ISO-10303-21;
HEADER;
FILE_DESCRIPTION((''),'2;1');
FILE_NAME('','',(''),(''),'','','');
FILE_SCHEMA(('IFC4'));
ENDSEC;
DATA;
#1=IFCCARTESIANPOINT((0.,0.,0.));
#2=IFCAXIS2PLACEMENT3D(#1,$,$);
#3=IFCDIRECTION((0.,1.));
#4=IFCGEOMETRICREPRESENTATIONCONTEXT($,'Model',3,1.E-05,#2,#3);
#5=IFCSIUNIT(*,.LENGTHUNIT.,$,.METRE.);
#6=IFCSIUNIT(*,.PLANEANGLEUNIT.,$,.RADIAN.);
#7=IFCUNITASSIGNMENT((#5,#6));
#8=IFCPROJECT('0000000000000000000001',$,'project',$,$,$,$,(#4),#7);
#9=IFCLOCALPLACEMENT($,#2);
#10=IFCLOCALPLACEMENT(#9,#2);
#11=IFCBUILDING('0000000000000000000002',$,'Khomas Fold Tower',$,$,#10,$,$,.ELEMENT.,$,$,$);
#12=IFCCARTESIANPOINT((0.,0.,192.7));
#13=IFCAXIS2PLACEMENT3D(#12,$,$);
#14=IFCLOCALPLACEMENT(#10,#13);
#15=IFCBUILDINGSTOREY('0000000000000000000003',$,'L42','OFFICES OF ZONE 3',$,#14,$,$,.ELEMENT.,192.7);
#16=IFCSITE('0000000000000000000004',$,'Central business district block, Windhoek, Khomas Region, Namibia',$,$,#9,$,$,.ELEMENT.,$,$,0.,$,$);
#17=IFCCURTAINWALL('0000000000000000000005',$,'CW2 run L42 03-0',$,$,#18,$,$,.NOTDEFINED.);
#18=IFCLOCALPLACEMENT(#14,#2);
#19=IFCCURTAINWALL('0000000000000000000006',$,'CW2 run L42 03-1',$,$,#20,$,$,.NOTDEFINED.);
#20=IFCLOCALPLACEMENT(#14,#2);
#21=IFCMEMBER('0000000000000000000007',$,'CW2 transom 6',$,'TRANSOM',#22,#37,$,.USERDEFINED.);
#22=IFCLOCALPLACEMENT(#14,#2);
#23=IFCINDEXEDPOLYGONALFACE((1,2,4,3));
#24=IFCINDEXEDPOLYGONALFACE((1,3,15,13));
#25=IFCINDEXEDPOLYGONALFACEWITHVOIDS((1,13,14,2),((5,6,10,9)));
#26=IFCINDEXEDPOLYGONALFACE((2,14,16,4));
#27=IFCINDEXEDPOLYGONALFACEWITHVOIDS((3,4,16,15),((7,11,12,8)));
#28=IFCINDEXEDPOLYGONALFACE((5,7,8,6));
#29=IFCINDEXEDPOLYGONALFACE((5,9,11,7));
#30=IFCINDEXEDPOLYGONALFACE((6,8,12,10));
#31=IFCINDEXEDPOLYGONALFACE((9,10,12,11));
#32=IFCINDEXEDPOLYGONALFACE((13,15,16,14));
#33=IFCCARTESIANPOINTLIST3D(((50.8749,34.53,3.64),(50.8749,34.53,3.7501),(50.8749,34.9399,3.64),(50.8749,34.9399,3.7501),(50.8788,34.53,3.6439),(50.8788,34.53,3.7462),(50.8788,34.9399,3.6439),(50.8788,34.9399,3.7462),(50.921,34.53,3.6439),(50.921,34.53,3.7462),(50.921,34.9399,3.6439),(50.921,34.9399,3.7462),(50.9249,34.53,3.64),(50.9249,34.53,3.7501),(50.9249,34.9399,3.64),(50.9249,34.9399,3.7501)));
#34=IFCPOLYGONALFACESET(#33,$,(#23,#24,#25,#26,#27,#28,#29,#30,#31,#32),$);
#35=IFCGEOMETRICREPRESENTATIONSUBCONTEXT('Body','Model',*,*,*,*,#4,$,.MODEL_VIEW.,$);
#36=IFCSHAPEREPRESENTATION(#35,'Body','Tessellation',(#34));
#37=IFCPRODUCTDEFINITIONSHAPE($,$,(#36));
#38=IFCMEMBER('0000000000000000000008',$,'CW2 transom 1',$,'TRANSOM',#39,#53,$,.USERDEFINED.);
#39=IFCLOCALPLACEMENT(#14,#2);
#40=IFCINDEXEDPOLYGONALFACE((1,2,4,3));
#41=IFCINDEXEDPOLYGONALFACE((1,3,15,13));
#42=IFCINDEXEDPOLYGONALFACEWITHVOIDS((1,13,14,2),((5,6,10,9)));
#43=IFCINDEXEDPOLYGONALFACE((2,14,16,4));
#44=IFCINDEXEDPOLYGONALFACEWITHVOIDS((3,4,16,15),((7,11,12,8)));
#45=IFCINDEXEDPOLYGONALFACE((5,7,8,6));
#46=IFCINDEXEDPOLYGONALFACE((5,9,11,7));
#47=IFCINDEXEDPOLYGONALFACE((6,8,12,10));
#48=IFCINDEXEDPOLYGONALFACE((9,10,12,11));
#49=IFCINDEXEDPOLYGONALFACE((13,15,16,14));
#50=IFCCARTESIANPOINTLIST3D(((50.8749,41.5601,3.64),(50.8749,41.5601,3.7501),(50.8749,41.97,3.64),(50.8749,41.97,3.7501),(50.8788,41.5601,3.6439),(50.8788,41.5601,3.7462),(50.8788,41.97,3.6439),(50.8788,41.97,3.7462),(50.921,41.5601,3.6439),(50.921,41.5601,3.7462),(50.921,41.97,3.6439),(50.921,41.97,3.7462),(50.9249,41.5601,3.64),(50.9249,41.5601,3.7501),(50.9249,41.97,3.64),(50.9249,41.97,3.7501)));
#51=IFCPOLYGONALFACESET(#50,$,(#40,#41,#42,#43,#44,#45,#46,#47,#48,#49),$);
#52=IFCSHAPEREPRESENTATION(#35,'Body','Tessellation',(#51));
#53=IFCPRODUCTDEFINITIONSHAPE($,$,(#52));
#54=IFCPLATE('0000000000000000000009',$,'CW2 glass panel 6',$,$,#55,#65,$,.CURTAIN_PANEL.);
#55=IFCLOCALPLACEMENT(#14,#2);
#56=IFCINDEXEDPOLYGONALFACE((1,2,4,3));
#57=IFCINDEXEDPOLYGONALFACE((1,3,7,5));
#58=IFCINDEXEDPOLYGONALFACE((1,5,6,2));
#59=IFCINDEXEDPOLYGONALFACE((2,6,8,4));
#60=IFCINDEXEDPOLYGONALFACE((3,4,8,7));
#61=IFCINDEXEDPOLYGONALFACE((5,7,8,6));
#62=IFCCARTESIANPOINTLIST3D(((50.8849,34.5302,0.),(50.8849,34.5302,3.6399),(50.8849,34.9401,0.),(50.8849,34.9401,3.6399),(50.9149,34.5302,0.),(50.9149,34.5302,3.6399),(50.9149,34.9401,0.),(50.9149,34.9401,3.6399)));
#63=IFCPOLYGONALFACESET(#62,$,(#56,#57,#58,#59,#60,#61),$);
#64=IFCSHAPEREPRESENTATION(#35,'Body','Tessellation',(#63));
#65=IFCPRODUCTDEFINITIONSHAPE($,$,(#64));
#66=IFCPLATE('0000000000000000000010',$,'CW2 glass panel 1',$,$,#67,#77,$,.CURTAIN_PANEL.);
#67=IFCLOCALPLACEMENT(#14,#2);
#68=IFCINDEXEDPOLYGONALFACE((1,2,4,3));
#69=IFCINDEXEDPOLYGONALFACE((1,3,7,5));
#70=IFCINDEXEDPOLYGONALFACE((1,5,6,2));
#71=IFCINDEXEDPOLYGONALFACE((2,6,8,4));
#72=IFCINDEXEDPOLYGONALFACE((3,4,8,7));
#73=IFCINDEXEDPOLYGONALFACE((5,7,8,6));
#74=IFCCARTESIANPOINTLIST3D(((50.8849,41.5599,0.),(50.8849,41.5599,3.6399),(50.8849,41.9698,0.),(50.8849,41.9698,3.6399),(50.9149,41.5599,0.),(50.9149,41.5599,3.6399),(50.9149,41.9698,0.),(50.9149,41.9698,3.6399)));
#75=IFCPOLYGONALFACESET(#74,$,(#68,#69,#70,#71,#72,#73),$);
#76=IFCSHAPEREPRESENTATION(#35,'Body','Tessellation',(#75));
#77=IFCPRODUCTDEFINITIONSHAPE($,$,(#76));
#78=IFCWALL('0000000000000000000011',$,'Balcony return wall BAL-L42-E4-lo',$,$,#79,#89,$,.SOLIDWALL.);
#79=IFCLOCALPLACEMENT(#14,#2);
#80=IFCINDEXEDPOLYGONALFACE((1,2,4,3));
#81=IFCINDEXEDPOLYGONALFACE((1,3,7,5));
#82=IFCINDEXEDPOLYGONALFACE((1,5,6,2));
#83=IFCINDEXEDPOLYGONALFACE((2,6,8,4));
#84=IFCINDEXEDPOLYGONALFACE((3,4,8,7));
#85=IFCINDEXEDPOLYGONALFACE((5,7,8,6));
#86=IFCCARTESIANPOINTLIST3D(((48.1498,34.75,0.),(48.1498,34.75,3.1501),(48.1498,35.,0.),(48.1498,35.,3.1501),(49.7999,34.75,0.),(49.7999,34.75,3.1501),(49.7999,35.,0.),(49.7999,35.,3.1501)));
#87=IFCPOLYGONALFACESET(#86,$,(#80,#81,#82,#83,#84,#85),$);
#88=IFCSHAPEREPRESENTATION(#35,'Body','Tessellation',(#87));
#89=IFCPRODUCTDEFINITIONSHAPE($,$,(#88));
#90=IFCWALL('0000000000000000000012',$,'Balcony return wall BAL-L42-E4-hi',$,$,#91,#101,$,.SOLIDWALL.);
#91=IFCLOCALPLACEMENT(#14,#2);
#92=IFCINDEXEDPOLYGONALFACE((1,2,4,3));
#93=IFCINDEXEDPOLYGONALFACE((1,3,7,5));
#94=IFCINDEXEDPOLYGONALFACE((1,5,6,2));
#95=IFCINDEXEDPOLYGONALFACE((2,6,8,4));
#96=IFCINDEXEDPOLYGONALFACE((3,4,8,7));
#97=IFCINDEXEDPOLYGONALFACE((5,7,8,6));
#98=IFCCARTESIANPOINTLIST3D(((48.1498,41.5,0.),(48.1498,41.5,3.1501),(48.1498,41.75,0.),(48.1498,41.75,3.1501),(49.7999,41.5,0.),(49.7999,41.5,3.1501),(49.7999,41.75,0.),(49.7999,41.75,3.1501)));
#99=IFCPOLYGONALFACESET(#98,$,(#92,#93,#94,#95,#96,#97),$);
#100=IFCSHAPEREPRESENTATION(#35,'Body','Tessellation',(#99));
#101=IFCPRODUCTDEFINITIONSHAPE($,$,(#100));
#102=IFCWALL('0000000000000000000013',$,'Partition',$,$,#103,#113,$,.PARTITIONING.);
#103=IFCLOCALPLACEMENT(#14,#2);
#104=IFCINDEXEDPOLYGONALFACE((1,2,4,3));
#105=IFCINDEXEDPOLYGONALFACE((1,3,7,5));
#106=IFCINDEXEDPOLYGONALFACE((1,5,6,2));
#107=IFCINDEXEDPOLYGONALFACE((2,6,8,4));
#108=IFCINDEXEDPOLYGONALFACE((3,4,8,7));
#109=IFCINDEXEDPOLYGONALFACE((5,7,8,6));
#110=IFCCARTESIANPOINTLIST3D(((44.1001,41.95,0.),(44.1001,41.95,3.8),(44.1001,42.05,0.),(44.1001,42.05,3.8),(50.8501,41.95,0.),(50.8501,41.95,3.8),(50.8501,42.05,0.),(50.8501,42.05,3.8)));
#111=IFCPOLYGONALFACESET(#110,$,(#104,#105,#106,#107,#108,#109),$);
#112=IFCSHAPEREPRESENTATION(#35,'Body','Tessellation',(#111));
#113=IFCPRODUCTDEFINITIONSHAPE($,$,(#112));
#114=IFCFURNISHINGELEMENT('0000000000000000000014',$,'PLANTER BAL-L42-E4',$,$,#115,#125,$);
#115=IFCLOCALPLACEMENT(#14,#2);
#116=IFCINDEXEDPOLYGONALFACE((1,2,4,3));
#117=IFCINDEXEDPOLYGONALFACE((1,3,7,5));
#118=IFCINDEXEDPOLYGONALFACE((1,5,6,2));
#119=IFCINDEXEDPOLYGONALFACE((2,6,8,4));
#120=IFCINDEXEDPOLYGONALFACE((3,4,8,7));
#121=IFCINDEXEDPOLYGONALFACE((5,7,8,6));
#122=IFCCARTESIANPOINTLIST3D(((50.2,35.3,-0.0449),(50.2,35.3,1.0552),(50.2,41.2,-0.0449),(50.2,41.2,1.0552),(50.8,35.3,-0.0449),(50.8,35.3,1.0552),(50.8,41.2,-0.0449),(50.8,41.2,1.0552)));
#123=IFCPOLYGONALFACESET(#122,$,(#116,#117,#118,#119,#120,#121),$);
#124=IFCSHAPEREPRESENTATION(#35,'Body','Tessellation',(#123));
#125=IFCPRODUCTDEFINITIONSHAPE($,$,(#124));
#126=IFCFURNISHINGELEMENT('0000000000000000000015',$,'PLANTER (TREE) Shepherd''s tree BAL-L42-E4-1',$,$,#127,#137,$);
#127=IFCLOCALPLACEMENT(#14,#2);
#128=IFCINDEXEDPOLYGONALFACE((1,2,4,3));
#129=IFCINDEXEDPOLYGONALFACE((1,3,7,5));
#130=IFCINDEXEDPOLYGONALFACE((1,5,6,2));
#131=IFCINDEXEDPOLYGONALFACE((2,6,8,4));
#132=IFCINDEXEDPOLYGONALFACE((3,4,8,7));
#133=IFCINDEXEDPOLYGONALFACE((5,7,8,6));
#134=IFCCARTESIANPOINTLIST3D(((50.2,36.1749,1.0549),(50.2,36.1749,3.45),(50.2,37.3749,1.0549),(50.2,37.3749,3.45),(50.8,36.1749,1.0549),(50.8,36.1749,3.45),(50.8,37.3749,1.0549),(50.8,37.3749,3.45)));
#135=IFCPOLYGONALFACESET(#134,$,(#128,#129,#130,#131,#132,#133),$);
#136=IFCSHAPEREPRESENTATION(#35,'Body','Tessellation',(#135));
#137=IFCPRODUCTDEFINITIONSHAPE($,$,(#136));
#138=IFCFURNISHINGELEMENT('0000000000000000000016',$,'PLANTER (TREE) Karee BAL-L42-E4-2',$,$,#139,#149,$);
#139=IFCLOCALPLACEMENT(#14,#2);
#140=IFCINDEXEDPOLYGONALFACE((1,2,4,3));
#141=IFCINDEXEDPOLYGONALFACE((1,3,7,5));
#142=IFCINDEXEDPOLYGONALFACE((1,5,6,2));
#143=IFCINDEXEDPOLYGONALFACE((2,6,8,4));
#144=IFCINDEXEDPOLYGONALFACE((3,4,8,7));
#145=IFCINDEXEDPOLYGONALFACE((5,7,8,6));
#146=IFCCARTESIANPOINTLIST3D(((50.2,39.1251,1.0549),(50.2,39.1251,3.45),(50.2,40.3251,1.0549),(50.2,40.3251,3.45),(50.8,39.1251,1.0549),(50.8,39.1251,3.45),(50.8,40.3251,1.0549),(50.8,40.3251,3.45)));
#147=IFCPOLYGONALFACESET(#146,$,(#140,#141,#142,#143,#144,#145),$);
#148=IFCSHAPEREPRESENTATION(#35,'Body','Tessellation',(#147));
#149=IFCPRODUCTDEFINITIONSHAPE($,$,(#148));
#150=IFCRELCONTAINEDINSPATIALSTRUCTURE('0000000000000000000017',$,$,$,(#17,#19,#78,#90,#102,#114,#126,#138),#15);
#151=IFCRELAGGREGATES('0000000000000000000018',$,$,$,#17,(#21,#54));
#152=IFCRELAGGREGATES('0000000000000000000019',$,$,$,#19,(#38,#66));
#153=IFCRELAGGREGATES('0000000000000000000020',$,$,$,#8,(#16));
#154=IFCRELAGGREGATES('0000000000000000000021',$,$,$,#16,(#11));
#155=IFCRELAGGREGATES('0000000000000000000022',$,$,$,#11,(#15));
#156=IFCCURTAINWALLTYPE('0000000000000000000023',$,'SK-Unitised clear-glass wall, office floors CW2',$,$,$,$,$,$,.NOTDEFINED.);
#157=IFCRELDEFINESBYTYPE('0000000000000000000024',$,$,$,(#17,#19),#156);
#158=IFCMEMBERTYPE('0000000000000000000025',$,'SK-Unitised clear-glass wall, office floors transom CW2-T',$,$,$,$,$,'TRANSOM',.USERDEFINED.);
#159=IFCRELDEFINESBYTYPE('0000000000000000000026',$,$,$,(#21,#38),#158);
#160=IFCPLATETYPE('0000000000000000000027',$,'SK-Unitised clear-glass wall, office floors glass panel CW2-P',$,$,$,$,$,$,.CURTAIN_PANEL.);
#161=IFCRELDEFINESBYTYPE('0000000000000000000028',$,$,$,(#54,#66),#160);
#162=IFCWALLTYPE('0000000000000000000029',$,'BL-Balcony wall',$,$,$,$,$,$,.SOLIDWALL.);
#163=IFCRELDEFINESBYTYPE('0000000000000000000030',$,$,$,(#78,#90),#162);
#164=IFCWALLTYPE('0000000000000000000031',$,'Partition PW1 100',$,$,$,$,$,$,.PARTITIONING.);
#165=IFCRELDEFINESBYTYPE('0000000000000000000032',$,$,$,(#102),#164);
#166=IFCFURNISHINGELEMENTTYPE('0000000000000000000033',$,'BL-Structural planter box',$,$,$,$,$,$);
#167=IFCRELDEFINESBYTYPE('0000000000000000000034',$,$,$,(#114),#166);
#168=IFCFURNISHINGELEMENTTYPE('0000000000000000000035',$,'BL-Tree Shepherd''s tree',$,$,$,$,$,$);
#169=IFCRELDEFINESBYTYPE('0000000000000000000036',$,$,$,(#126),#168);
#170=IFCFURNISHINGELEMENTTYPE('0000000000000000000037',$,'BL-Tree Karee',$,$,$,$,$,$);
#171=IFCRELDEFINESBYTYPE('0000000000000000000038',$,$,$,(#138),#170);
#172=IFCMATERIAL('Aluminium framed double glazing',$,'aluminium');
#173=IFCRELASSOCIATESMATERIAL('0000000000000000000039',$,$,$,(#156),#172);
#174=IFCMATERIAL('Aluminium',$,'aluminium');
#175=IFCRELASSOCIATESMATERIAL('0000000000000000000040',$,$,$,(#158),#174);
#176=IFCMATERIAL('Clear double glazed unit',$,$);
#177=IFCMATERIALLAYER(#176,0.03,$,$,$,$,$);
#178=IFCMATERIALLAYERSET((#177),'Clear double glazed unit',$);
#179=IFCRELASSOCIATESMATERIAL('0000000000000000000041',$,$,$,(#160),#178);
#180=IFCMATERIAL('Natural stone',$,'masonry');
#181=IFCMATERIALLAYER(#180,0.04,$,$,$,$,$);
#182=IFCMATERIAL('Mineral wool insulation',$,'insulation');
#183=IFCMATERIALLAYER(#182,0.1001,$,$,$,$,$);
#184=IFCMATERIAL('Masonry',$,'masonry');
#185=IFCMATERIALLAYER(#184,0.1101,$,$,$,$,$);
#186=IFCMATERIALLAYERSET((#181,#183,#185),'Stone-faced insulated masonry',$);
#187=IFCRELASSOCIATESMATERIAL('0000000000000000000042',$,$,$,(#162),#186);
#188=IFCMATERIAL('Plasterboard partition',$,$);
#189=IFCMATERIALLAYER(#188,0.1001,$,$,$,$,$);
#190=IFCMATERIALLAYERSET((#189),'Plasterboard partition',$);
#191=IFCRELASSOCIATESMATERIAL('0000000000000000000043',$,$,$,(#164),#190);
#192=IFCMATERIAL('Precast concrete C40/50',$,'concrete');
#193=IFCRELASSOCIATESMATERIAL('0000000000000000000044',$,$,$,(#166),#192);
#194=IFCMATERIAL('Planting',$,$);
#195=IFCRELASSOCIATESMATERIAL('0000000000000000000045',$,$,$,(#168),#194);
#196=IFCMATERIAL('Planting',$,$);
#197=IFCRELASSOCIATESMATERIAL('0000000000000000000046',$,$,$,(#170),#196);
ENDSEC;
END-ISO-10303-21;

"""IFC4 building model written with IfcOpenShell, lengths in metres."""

from ifc_helpers import new_model, si_unit, direction, frame, frame_2d, origin, origin_2d, place, context, subcontext, project, spatial, rectangle, hollow_rectangle, extrude, source, transform, mapped, material, layer, layer_set, material_profile, profile_set, type_object, element, aggregate, save


model = new_model("IFC4")

# Units and contexts
model_context = context("Model", 3, precision=1e-05, world=origin(), true_north=direction((0.0, 1.0)))
body_context = subcontext(model_context, "Body", "Model", "MODEL_VIEW")
ifc_project = project(units=[si_unit("LENGTHUNIT", "METRE"), si_unit("PLANEANGLEUNIT", "RADIAN")], contexts=[model_context])

# Site, building, storey
site_placement = place(None, origin())
site = spatial("IfcSite", under=ifc_project, at=site_placement, Name="Central business district block, Windhoek, Khomas Region, Namibia", CompositionType="ELEMENT", RefElevation=0.0)
building_placement = place(site_placement, origin())
building = spatial("IfcBuilding", under=site, at=building_placement, Name="Khomas Fold Tower", CompositionType="ELEMENT")
storey_placement = place(building_placement, frame((0.0, 0.0, 192.7)))
storey = spatial("IfcBuildingStorey", under=building, at=storey_placement, Name="L42", Description="OFFICES OF ZONE 3", CompositionType="ELEMENT", Elevation=192.7)

# Curtain walls
ifc_material_1 = material(Name="Aluminium framed double glazing", Category="aluminium")
curtain_wall_type = type_object("IfcCurtainWallType", Name="SK-Unitised clear-glass wall, office floors CW2", PredefinedType="NOTDEFINED", material=ifc_material_1)
curtain_wall_1_placement = place(storey_placement, origin())
curtain_wall_1 = element("IfcCurtainWall", 1, at=curtain_wall_1_placement, inside=storey, type_object=curtain_wall_type, Name="CW2 run L42 03-0", PredefinedType="NOTDEFINED")
curtain_wall_2_placement = place(storey_placement, origin())
curtain_wall_2 = element("IfcCurtainWall", 2, at=curtain_wall_2_placement, inside=storey, type_object=curtain_wall_type, Name="CW2 run L42 03-1", PredefinedType="NOTDEFINED")
ifc_material_2 = material(Name="Aluminium", Category="aluminium")
ifc_material_profile_1 = material_profile(ifc_material_2, hollow_rectangle(XDim=0.05, YDim=0.1101, WallThickness=0.0039, at=origin_2d()), Name="SK-Unitised clear-glass wall, office floors transom CW2-T")
ifc_profile_set_1 = profile_set([ifc_material_profile_1], Name="Aluminium")
member_type_1 = type_object("IfcMemberType", Name="SK-Unitised clear-glass wall, office floors transom CW2-T", ElementType="TRANSOM", PredefinedType="USERDEFINED", material=ifc_profile_set_1)

# Members
shared_shape_1 = source(origin(), body_context, "Body", "SweptSolid", [
    extrude(hollow_rectangle(XDim=0.05, YDim=0.1101, WallThickness=0.0039, at=origin_2d()), origin(), (0.0, 0.0, 1.0), 0.4099),
])
member_1_placement = place(storey_placement, frame((50.8999, 34.53, 3.6951), z_axis=(0.0, 1.0, 0.0), x_axis=(-1.0, 0.0, 0.0)))
member_1 = element("IfcMember", 3, at=member_1_placement, type_object=member_type_1, Name="CW2 transom 6", ObjectType="TRANSOM", PredefinedType="USERDEFINED", context=body_context, shape_type="MappedRepresentation", body=[
    mapped(shared_shape_1, transform((0.0, 0.0, 0.0))),
])
member_2_placement = place(storey_placement, frame((50.8999, 41.5601, 3.6951), z_axis=(0.0, 1.0, 0.0), x_axis=(-1.0, 0.0, 0.0)))
member_2 = element("IfcMember", 4, at=member_2_placement, type_object=member_type_1, Name="CW2 transom 1", ObjectType="TRANSOM", PredefinedType="USERDEFINED", context=body_context, shape_type="MappedRepresentation", body=[
    mapped(shared_shape_1, transform((0.0, 0.0, 0.0))),
])

# Plates
ifc_material_3 = material(Name="Clear double glazed unit")
ifc_layer_1 = layer(ifc_material_3, 0.03)
ifc_layer_set_1 = layer_set([ifc_layer_1], Name="Clear double glazed unit")
plate_type = type_object("IfcPlateType", Name="SK-Unitised clear-glass wall, office floors glass panel CW2-P", PredefinedType="CURTAIN_PANEL", material=ifc_layer_set_1)
shared_shape_2 = source(origin(), body_context, "Body", "SweptSolid", [
    extrude(rectangle(XDim=0.4099, YDim=0.03, at=origin_2d()), origin(), (0.0, 0.0, 1.0), 3.6399),
])
plate_1_placement = place(storey_placement, frame((50.8999, 34.7351, 0.0), z_axis=(0.0, 0.0, 1.0), x_axis=(0.0, 1.0, 0.0)))
plate_1 = element("IfcPlate", 5, at=plate_1_placement, type_object=plate_type, Name="CW2 glass panel 6", PredefinedType="CURTAIN_PANEL", context=body_context, shape_type="MappedRepresentation", body=[
    mapped(shared_shape_2, transform((0.0, 0.0, 0.0))),
])
aggregate(curtain_wall_1, [member_1, plate_1])
plate_2_placement = place(storey_placement, frame((50.8999, 41.7649, 0.0), z_axis=(0.0, 0.0, 1.0), x_axis=(0.0, 1.0, 0.0)))
plate_2 = element("IfcPlate", 6, at=plate_2_placement, type_object=plate_type, Name="CW2 glass panel 1", PredefinedType="CURTAIN_PANEL", context=body_context, shape_type="MappedRepresentation", body=[
    mapped(shared_shape_2, transform((0.0, 0.0, 0.0))),
])
aggregate(curtain_wall_2, [member_2, plate_2])

# Shared definitions
ifc_material_4 = material(Name="Natural stone", Category="masonry")
ifc_layer_2 = layer(ifc_material_4, 0.04)
ifc_material_5 = material(Name="Mineral wool insulation", Category="insulation")
ifc_layer_3 = layer(ifc_material_5, 0.1001)
ifc_material_6 = material(Name="Masonry", Category="masonry")
ifc_layer_4 = layer(ifc_material_6, 0.1101)
ifc_layer_set_2 = layer_set([ifc_layer_2, ifc_layer_3, ifc_layer_4], Name="Stone-faced insulated masonry")
wall_type_1 = type_object("IfcWallType", Name="BL-Balcony wall", PredefinedType="SOLIDWALL", material=ifc_layer_set_2)

# Walls
shared_shape_3 = source(origin(), body_context, "Body", "SweptSolid", [
    extrude(rectangle(XDim=1.6501, YDim=0.25, at=frame_2d((0.8252, 0.0))), origin(), (0.0, 0.0, 1.0), 3.1501),
])
for number, where, z_axis, x_axis, name in (
    (7, (49.8, 34.875, 0.0), (0.0, 0.0, 1.0), (-1.0, 0.0, 0.0), "Balcony return wall BAL-L42-E4-lo"),
    (8, (49.8, 41.625, 0.0), (0.0, 0.0, 1.0), (-1.0, 0.0, 0.0), "Balcony return wall BAL-L42-E4-hi"),
):
    element("IfcWall", number, at=place(storey_placement, frame(where, z_axis=z_axis, x_axis=x_axis)), inside=storey, type_object=wall_type_1, Name=name, PredefinedType="SOLIDWALL", context=body_context, shape_type="MappedRepresentation", body=[
        mapped(shared_shape_3, transform((0.0, 0.0, 0.0))),
    ])
ifc_material_7 = material(Name="Plasterboard partition")
ifc_layer_5 = layer(ifc_material_7, 0.1001)
ifc_layer_set_3 = layer_set([ifc_layer_5], Name="Plasterboard partition")
wall_type_2 = type_object("IfcWallType", Name="Partition PW1 100", PredefinedType="PARTITIONING", material=ifc_layer_set_3)
shared_shape_4 = source(origin(), body_context, "Body", "SweptSolid", [
    extrude(rectangle(XDim=6.75, YDim=0.1001, at=frame_2d((3.375, 0.0))), origin(), (0.0, 0.0, 1.0), 3.8),
])
wall_1_placement = place(storey_placement, frame((44.1001, 42.0, 0.0), z_axis=(0.0, 0.0, 1.0), x_axis=(1.0, 0.0, 0.0)))
element("IfcWall", 9, at=wall_1_placement, inside=storey, type_object=wall_type_2, Name="Partition", PredefinedType="PARTITIONING", context=body_context, shape_type="MappedRepresentation", body=[
    mapped(shared_shape_4, transform((0.0, 0.0, 0.0))),
])

# Furnishing elements
ifc_material_8 = material(Name="Precast concrete C40/50", Category="concrete")
furnishing_element_type_1 = type_object("IfcFurnishingElementType", Name="BL-Structural planter box", material=ifc_material_8)
shared_shape_5 = source(origin(), body_context, "Body", "SweptSolid", [
    extrude(rectangle(XDim=5.8999, YDim=0.6001, at=origin_2d()), origin(), (0.0, 0.0, 1.0), 1.1001),
])
furnishing_1_placement = place(storey_placement, frame((50.5, 38.25, -0.0449), z_axis=(0.0, 0.0, 1.0), x_axis=(0.0, 1.0, 0.0)))
element("IfcFurnishingElement", 10, at=furnishing_1_placement, inside=storey, type_object=furnishing_element_type_1, Name="PLANTER BAL-L42-E4", context=body_context, shape_type="MappedRepresentation", body=[
    mapped(shared_shape_5, transform((0.0, 0.0, 0.0))),
])
ifc_material_9 = material(Name="Planting")
furnishing_element_type_2 = type_object("IfcFurnishingElementType", Name="BL-Tree Shepherd's tree", material=ifc_material_9)
shared_shape_6 = source(origin(), body_context, "Body", "SweptSolid", [
    extrude(rectangle(XDim=1.2, YDim=0.6001, at=origin_2d()), origin(), (0.0, 0.0, 1.0), 2.395),
])
furnishing_2_placement = place(storey_placement, frame((50.5, 36.7749, 1.0549), z_axis=(0.0, 0.0, 1.0), x_axis=(0.0, 1.0, 0.0)))
element("IfcFurnishingElement", 11, at=furnishing_2_placement, inside=storey, type_object=furnishing_element_type_2, Name="PLANTER (TREE) Shepherd's tree BAL-L42-E4-1", context=body_context, shape_type="MappedRepresentation", body=[
    mapped(shared_shape_6, transform((0.0, 0.0, 0.0))),
])
ifc_material_10 = material(Name="Planting")
furnishing_element_type_3 = type_object("IfcFurnishingElementType", Name="BL-Tree Karee", material=ifc_material_10)
furnishing_3_placement = place(storey_placement, frame((50.5, 39.7251, 1.0549), z_axis=(0.0, 0.0, 1.0), x_axis=(0.0, 1.0, 0.0)))
element("IfcFurnishingElement", 12, at=furnishing_3_placement, inside=storey, type_object=furnishing_element_type_3, Name="PLANTER (TREE) Karee BAL-L42-E4-2", context=body_context, shape_type="MappedRepresentation", body=[
    mapped(shared_shape_6, transform((0.0, 0.0, 0.0))),
])

save(model, "model.ifc")
